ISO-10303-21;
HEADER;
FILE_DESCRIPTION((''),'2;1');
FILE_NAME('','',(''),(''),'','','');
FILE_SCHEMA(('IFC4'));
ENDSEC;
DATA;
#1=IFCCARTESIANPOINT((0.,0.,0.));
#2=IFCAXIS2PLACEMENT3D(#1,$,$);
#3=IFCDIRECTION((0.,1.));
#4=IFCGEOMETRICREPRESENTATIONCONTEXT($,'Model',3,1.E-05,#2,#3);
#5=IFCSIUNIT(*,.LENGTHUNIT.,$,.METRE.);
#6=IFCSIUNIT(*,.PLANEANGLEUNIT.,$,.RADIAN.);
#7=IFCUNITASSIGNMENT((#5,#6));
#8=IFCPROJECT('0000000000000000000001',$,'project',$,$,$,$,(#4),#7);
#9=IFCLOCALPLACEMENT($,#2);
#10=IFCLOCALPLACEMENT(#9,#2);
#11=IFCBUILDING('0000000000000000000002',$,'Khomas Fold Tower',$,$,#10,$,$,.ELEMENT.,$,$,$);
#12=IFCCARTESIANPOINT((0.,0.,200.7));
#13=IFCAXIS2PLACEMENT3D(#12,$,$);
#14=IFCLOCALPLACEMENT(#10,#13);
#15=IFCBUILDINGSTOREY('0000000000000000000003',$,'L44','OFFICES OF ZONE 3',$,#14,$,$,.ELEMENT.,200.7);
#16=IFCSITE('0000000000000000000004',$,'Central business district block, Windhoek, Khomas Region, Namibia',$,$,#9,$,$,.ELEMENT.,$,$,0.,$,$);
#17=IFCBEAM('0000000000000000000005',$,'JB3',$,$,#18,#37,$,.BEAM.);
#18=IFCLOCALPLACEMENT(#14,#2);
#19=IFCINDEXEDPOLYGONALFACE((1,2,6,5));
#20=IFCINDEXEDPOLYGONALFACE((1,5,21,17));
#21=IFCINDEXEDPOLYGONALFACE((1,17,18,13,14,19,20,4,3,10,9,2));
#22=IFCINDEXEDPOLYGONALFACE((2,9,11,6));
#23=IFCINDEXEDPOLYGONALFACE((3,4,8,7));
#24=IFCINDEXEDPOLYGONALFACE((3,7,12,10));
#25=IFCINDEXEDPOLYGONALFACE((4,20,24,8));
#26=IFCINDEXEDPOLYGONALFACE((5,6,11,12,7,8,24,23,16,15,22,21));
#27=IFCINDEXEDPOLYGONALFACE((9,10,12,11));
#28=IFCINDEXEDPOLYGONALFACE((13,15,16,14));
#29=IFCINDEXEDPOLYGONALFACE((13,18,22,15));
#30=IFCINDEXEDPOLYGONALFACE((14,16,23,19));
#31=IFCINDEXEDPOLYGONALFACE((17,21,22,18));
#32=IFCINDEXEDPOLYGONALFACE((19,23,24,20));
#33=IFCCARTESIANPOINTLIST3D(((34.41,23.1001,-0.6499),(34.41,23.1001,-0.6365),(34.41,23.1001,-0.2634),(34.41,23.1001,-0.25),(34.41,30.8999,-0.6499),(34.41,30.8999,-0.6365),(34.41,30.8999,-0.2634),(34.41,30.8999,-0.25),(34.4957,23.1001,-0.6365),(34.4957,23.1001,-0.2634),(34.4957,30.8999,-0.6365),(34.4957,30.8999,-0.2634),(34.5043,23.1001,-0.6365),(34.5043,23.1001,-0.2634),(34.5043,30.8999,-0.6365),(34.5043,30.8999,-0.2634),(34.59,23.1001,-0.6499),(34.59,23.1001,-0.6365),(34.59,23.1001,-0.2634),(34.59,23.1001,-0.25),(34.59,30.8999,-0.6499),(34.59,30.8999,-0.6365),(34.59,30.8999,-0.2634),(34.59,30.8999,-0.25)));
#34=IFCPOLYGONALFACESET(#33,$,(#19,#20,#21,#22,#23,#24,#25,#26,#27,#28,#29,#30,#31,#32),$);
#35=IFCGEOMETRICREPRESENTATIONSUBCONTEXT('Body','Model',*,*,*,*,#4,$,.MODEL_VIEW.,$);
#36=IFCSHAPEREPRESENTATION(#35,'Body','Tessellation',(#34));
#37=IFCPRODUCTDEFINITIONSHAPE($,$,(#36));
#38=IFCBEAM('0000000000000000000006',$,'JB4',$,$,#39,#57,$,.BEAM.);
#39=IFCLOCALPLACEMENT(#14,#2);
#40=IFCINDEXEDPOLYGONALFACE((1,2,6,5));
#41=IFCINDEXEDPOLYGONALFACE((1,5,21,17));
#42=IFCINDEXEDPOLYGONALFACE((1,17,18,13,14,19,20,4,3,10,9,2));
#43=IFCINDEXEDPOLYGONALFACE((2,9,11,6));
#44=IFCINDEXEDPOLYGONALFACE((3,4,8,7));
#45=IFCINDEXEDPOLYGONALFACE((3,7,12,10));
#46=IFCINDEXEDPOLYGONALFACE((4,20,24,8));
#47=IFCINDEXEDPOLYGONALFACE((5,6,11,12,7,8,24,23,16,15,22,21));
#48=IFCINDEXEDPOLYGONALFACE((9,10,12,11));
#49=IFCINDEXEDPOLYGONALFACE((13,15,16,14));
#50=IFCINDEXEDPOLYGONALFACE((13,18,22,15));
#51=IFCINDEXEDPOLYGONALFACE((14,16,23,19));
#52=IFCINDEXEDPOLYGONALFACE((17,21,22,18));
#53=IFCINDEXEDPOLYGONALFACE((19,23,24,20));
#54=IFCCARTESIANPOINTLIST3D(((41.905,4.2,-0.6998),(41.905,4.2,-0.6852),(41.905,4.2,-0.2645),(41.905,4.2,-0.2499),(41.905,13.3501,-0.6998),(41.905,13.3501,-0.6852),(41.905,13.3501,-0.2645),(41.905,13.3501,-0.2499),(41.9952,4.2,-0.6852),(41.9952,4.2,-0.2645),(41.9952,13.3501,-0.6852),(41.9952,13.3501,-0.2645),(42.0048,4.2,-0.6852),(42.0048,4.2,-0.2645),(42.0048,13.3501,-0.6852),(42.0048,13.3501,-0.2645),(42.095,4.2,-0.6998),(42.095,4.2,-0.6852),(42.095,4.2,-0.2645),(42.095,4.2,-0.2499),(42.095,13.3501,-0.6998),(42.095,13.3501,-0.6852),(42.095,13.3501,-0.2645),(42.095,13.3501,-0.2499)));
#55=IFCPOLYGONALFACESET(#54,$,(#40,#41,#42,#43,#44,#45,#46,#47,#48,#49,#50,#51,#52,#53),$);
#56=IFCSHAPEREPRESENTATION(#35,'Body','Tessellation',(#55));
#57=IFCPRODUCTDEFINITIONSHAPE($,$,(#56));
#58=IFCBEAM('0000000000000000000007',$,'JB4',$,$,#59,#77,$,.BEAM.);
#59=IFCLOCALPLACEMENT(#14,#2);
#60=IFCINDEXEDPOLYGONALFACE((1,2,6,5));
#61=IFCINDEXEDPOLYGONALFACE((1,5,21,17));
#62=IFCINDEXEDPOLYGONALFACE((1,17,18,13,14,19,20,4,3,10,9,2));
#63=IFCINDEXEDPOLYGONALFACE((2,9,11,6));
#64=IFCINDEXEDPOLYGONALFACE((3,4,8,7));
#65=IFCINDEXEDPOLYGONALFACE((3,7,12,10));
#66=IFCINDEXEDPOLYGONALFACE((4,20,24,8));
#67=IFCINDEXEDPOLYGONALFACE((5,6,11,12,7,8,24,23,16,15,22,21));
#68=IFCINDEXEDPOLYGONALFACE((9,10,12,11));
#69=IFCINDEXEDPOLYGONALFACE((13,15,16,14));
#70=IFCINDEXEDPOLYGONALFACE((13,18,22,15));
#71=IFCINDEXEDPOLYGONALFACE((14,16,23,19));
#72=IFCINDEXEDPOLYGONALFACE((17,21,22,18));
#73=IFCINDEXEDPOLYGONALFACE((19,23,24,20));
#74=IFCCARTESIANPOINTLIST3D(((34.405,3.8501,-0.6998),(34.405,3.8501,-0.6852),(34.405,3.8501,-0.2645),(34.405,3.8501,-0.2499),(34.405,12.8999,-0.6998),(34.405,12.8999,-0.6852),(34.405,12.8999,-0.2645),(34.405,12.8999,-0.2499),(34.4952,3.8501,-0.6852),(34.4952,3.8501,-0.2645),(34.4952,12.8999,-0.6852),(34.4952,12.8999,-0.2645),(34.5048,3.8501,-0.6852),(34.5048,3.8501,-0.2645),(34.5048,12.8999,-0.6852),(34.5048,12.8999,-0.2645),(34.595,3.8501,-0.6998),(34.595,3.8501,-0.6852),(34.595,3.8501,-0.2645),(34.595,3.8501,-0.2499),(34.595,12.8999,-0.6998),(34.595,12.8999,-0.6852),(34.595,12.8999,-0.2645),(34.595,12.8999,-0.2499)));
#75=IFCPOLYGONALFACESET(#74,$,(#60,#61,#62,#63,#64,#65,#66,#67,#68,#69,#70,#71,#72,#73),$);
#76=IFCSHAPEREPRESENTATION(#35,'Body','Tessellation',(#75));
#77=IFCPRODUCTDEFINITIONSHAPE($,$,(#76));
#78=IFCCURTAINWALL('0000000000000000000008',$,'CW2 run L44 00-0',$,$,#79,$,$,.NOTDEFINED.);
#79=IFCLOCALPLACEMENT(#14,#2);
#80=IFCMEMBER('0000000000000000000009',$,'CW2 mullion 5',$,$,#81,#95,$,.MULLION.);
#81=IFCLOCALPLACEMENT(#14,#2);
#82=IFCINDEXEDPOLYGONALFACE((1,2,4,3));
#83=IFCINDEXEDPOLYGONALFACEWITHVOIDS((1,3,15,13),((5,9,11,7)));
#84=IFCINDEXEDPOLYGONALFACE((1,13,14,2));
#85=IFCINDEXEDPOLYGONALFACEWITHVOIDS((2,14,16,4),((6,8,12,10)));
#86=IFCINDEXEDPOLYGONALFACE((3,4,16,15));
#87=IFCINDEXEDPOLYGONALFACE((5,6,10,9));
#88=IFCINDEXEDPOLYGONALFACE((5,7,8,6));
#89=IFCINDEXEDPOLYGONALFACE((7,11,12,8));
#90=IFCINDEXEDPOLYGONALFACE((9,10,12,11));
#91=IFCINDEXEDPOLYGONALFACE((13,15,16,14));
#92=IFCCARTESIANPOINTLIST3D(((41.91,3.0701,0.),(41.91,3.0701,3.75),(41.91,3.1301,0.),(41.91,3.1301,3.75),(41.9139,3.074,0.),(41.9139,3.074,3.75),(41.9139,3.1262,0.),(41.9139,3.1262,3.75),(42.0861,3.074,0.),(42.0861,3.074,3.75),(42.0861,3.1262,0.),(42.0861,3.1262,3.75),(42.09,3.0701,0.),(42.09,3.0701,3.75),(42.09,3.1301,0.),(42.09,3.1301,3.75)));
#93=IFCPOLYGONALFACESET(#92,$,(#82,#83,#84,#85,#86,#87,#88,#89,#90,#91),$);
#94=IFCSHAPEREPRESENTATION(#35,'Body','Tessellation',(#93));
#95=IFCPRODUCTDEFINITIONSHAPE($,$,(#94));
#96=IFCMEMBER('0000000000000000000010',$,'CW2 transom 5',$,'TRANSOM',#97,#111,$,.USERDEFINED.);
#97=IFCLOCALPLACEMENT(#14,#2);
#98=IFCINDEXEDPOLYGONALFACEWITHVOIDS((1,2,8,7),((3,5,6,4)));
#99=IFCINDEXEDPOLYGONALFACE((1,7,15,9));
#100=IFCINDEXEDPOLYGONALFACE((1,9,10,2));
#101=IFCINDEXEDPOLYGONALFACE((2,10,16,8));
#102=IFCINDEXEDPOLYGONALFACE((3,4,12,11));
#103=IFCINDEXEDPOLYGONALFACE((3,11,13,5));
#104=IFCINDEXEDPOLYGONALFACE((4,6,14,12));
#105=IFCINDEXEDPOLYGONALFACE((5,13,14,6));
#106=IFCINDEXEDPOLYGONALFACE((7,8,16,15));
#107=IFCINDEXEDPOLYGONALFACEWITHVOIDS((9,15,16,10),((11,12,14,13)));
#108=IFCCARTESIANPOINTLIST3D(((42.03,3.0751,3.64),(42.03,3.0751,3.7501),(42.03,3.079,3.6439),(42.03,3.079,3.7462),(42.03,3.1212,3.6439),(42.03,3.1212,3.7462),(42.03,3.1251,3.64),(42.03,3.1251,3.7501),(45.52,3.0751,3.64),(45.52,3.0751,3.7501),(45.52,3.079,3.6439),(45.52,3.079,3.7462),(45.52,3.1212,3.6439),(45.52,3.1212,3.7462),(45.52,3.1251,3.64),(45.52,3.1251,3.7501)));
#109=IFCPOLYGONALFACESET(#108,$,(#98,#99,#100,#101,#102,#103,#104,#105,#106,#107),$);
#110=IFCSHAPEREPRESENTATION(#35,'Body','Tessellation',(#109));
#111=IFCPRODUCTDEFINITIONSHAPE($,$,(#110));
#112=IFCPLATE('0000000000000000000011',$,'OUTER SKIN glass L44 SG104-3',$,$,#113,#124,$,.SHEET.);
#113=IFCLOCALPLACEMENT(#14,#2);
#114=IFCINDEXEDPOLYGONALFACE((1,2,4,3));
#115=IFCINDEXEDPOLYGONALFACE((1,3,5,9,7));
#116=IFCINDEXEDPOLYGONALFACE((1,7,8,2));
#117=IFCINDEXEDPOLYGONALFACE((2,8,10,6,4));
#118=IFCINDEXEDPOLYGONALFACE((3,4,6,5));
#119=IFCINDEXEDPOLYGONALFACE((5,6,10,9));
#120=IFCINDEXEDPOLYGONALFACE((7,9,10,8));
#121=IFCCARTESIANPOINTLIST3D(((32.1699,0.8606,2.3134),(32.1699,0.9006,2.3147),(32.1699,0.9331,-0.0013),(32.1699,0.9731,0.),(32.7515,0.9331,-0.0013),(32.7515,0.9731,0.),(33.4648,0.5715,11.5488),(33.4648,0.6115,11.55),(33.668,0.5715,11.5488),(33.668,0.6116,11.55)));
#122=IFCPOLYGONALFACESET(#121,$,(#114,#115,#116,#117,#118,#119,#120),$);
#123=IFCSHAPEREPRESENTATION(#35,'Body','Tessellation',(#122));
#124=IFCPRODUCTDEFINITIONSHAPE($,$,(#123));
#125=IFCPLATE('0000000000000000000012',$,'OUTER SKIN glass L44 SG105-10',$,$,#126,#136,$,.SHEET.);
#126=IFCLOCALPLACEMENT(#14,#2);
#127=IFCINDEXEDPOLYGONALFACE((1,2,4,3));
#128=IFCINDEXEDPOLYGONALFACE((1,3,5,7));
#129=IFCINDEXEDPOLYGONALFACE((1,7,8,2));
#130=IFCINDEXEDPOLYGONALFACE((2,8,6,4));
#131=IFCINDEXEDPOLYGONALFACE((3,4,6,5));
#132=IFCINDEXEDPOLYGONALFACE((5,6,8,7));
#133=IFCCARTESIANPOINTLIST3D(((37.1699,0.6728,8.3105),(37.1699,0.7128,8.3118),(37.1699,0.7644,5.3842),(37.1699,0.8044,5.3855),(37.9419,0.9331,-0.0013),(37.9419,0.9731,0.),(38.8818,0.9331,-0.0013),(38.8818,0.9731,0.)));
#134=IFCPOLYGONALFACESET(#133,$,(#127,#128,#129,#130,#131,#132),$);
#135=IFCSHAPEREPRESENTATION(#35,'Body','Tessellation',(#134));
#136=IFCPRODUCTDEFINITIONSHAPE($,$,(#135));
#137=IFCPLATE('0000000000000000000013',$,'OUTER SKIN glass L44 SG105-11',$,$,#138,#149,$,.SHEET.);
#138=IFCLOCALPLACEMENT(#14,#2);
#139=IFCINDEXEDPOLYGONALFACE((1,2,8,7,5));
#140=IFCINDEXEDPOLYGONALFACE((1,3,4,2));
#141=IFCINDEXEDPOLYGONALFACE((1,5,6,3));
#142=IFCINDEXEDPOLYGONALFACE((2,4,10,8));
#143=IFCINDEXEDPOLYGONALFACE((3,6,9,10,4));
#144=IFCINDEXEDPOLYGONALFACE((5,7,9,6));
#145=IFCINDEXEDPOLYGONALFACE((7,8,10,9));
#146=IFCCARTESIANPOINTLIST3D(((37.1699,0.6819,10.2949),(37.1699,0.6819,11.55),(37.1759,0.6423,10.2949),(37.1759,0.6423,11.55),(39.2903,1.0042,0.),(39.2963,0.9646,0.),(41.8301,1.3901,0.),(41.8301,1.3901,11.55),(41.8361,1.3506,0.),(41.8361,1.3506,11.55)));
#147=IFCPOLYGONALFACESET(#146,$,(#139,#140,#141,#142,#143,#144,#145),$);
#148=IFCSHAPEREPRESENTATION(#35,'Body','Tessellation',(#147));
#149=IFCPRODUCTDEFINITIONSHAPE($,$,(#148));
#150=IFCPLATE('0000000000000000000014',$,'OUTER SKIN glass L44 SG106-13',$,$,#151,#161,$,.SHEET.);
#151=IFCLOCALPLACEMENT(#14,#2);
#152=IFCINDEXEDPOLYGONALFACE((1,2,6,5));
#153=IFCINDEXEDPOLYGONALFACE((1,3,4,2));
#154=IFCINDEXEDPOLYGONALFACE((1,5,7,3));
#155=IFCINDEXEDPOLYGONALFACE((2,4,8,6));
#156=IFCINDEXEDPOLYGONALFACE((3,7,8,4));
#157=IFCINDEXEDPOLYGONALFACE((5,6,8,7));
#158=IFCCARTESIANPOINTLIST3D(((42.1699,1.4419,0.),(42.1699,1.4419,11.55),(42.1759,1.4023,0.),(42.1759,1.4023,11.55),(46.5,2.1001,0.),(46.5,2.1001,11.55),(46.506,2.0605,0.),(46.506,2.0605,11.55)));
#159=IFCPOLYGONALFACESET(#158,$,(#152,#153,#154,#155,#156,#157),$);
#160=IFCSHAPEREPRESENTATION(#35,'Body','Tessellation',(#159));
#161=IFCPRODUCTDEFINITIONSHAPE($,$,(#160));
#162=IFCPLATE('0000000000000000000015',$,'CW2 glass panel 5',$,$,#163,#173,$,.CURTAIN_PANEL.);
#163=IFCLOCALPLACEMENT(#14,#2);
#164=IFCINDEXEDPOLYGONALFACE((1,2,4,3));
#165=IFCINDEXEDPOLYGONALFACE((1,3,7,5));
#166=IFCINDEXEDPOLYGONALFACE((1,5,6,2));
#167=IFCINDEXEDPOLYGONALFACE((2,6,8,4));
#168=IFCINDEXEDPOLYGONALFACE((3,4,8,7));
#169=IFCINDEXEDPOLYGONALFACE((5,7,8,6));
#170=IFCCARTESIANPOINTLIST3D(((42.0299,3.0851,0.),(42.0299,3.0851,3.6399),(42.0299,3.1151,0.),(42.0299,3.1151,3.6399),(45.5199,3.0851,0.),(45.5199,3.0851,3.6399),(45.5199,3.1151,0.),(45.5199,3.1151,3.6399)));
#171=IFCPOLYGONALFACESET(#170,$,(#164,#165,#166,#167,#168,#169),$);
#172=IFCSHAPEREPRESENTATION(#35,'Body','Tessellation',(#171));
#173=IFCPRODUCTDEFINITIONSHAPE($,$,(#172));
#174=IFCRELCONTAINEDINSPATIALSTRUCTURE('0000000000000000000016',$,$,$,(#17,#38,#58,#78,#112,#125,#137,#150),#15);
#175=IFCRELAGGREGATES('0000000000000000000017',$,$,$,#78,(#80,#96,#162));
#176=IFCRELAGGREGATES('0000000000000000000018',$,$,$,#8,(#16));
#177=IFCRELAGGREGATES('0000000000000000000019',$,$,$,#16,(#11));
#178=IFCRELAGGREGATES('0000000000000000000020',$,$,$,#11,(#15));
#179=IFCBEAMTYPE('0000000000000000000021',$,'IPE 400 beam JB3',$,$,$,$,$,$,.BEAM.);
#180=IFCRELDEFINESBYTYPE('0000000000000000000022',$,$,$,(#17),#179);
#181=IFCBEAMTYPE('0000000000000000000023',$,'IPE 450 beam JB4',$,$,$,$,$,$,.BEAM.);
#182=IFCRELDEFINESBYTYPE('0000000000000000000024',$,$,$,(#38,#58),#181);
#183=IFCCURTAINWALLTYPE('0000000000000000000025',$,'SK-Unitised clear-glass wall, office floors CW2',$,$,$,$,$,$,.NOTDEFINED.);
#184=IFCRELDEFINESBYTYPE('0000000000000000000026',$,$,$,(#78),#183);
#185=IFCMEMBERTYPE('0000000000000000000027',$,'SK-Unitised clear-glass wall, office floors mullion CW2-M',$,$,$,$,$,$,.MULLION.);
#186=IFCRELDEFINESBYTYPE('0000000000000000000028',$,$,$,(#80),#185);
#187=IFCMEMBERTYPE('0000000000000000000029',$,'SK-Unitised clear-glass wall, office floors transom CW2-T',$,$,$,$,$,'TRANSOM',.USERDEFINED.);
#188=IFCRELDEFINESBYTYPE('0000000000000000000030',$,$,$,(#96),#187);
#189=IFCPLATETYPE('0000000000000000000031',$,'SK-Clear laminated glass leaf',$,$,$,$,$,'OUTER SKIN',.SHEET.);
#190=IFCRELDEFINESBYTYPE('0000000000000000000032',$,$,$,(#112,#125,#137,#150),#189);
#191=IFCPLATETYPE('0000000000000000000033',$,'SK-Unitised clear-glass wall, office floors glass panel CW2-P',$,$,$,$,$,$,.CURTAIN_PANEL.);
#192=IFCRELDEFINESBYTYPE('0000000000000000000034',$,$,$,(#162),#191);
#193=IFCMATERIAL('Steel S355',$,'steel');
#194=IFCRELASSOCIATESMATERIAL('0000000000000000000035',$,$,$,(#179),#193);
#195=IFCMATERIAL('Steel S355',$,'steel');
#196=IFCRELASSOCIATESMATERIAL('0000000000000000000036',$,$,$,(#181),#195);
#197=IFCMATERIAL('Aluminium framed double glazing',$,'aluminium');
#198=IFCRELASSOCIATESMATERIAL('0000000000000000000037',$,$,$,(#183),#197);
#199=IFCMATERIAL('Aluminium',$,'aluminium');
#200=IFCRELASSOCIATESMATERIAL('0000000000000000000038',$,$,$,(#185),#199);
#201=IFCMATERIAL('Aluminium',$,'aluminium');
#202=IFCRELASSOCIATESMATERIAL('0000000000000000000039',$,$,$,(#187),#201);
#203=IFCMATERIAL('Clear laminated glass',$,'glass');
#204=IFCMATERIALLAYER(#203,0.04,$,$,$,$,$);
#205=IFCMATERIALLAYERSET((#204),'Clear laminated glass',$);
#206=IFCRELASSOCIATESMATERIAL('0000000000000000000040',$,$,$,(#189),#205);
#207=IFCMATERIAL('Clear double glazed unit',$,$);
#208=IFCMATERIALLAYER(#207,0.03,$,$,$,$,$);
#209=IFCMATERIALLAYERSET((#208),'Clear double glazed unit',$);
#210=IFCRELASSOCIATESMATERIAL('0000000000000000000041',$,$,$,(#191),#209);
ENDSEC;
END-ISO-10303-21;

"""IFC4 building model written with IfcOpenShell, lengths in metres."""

from ifc_helpers import new_model, si_unit, direction, frame, origin, origin_2d, place, context, subcontext, project, spatial, polyline, rectangle, hollow_rectangle, i_section, outline, extrude, source, transform, mapped, material, layer, layer_set, material_profile, profile_set, type_object, element, aggregate, save


model = new_model("IFC4")

# Units and contexts
model_context = context("Model", 3, precision=1e-05, world=origin(), true_north=direction((0.0, 1.0)))
body_context = subcontext(model_context, "Body", "Model", "MODEL_VIEW")
ifc_project = project(units=[si_unit("LENGTHUNIT", "METRE"), si_unit("PLANEANGLEUNIT", "RADIAN")], contexts=[model_context])

# Site, building, storey
site_placement = place(None, origin())
site = spatial("IfcSite", under=ifc_project, at=site_placement, Name="Central business district block, Windhoek, Khomas Region, Namibia", CompositionType="ELEMENT", RefElevation=0.0)
building_placement = place(site_placement, origin())
building = spatial("IfcBuilding", under=site, at=building_placement, Name="Khomas Fold Tower", CompositionType="ELEMENT")
storey_placement = place(building_placement, frame((0.0, 0.0, 200.7)))
storey = spatial("IfcBuildingStorey", under=building, at=storey_placement, Name="L44", Description="OFFICES OF ZONE 3", CompositionType="ELEMENT", Elevation=200.7)

# Beams
ifc_material_1 = material(Name="Steel S355", Category="steel")
ifc_material_profile_1 = material_profile(ifc_material_1, i_section(OverallWidth=0.1799, OverallDepth=0.3999, WebThickness=0.0085, FlangeThickness=0.0134, at=origin_2d()), Name="IPE 400")
ifc_profile_set_1 = profile_set([ifc_material_profile_1], Name="Steel S355")
beam_type_1 = type_object("IfcBeamType", Name="IPE 400 beam JB3", PredefinedType="BEAM", material=ifc_profile_set_1)
shared_shape_1 = source(origin(), body_context, "Body", "SweptSolid", [
    extrude(i_section(OverallWidth=0.1799, OverallDepth=0.3999, WebThickness=0.0085, FlangeThickness=0.0134, at=origin_2d()), origin(), (0.0, 0.0, 1.0), 7.7998),
])
for number, where, z_axis, x_axis, name in (
    (1, (34.5, 23.1001, -0.45), (0.0, 1.0, 0.0), (-1.0, 0.0, 0.0), "JB3"),
):
    element("IfcBeam", number, at=place(storey_placement, frame(where, z_axis=z_axis, x_axis=x_axis)), inside=storey, type_object=beam_type_1, Name=name, PredefinedType="BEAM", context=body_context, shape_type="MappedRepresentation", body=[
        mapped(shared_shape_1, transform((0.0, 0.0, 0.0))),
    ])
ifc_material_2 = material(Name="Steel S355", Category="steel")
ifc_material_profile_2 = material_profile(ifc_material_2, i_section(OverallWidth=0.1899, OverallDepth=0.45, WebThickness=0.0095, FlangeThickness=0.0146, at=origin_2d()), Name="IPE 450")
ifc_profile_set_2 = profile_set([ifc_material_profile_2], Name="Steel S355")
beam_type_2 = type_object("IfcBeamType", Name="IPE 450 beam JB4", PredefinedType="BEAM", material=ifc_profile_set_2)
shared_shape_2 = source(origin(), body_context, "Body", "SweptSolid", [
    extrude(i_section(OverallWidth=0.1899, OverallDepth=0.45, WebThickness=0.0095, FlangeThickness=0.0146, at=origin_2d()), origin(), (0.0, 0.0, 1.0), 9.1501),
])
beam_1_placement = place(storey_placement, frame((42.0, 4.2, -0.4749), z_axis=(0.0, 1.0, 0.0), x_axis=(-1.0, 0.0, 0.0)))
element("IfcBeam", 2, at=beam_1_placement, inside=storey, type_object=beam_type_2, Name="JB4", PredefinedType="BEAM", context=body_context, shape_type="MappedRepresentation", body=[
    mapped(shared_shape_2, transform((0.0, 0.0, 0.0))),
])
shared_shape_3 = source(origin(), body_context, "Body", "SweptSolid", [
    extrude(i_section(OverallWidth=0.1899, OverallDepth=0.45, WebThickness=0.0095, FlangeThickness=0.0146, at=origin_2d()), origin(), (0.0, 0.0, 1.0), 9.0498),
])
beam_2_placement = place(storey_placement, frame((34.5, 3.8501, -0.4749), z_axis=(0.0, 1.0, 0.0), x_axis=(-1.0, 0.0, 0.0)))
element("IfcBeam", 3, at=beam_2_placement, inside=storey, type_object=beam_type_2, Name="JB4", PredefinedType="BEAM", context=body_context, shape_type="MappedRepresentation", body=[
    mapped(shared_shape_3, transform((0.0, 0.0, 0.0))),
])

# Curtain wall, members
ifc_material_3 = material(Name="Aluminium framed double glazing", Category="aluminium")
curtain_wall_type = type_object("IfcCurtainWallType", Name="SK-Unitised clear-glass wall, office floors CW2", PredefinedType="NOTDEFINED", material=ifc_material_3)
curtain_wall_placement = place(storey_placement, origin())
curtain_wall = element("IfcCurtainWall", 4, at=curtain_wall_placement, inside=storey, type_object=curtain_wall_type, Name="CW2 run L44 00-0", PredefinedType="NOTDEFINED")
ifc_material_4 = material(Name="Aluminium", Category="aluminium")
ifc_material_profile_3 = material_profile(ifc_material_4, hollow_rectangle(XDim=0.0601, YDim=0.1799, WallThickness=0.0039, at=origin_2d()), Name="SK-Unitised clear-glass wall, office floors mullion CW2-M")
ifc_profile_set_3 = profile_set([ifc_material_profile_3], Name="Aluminium")
member_type_1 = type_object("IfcMemberType", Name="SK-Unitised clear-glass wall, office floors mullion CW2-M", PredefinedType="MULLION", material=ifc_profile_set_3)
shared_shape_4 = source(origin(), body_context, "Body", "SweptSolid", [
    extrude(hollow_rectangle(XDim=0.0601, YDim=0.1799, WallThickness=0.0039, at=origin_2d()), origin(), (0.0, 0.0, 1.0), 3.75),
])
member_1_placement = place(storey_placement, frame((42.0, 3.1001, 0.0), z_axis=(0.0, 0.0, 1.0), x_axis=(0.0, 1.0, 0.0)))
member_1 = element("IfcMember", 5, at=member_1_placement, type_object=member_type_1, Name="CW2 mullion 5", PredefinedType="MULLION", context=body_context, shape_type="MappedRepresentation", body=[
    mapped(shared_shape_4, transform((0.0, 0.0, 0.0))),
])
ifc_material_5 = material(Name="Aluminium", Category="aluminium")
ifc_material_profile_4 = material_profile(ifc_material_5, hollow_rectangle(XDim=0.05, YDim=0.1101, WallThickness=0.0039, at=origin_2d()), Name="SK-Unitised clear-glass wall, office floors transom CW2-T")
ifc_profile_set_4 = profile_set([ifc_material_profile_4], Name="Aluminium")
member_type_2 = type_object("IfcMemberType", Name="SK-Unitised clear-glass wall, office floors transom CW2-T", ElementType="TRANSOM", PredefinedType="USERDEFINED", material=ifc_profile_set_4)
shared_shape_5 = source(origin(), body_context, "Body", "SweptSolid", [
    extrude(hollow_rectangle(XDim=0.05, YDim=0.1101, WallThickness=0.0039, at=origin_2d()), origin(), (0.0, 0.0, 1.0), 3.49),
])
member_2_placement = place(storey_placement, frame((42.03, 3.1001, 3.6951), z_axis=(1.0, 0.0, 0.0), x_axis=(0.0, 1.0, 0.0)))
member_2 = element("IfcMember", 6, at=member_2_placement, type_object=member_type_2, Name="CW2 transom 5", ObjectType="TRANSOM", PredefinedType="USERDEFINED", context=body_context, shape_type="MappedRepresentation", body=[
    mapped(shared_shape_5, transform((0.0, 0.0, 0.0))),
])

# Plates
ifc_material_6 = material(Name="Clear laminated glass", Category="glass")
ifc_layer_1 = layer(ifc_material_6, 0.04)
ifc_layer_set_1 = layer_set([ifc_layer_1], Name="Clear laminated glass")
plate_type_1 = type_object("IfcPlateType", Name="SK-Clear laminated glass leaf", ElementType="OUTER SKIN", PredefinedType="SHEET", material=ifc_layer_set_1)
plate_1_placement = place(storey_placement, frame((32.7515, 0.9731, 0.0), z_axis=(-0.000046, 0.99951, 0.031295), x_axis=(-1.0, -0.000046, -0.000001)))
element("IfcPlate", 7, at=plate_1_placement, inside=storey, type_object=plate_type_1, Name="OUTER SKIN glass L44 SG104-3", PredefinedType="SHEET", context=body_context, shape_type="SweptSolid", body=[
    extrude(outline(polyline([(0.0, 0.0), (0.5815, 0.0), (0.5815, 2.3158), (-0.7134, 11.5557), (-0.9165, 11.5557), (0.0, 0.0)])), origin(), (0.0, 0.0, -1.0), 0.04),
])
plate_2_placement = place(storey_placement, frame((38.8818, 0.9731, 0.0), z_axis=(-0.00006, 0.99951, 0.031291), x_axis=(-1.0, -0.00006, -0.000002)))
element("IfcPlate", 8, at=plate_2_placement, inside=storey, type_object=plate_type_1, Name="OUTER SKIN glass L44 SG105-10", PredefinedType="SHEET", context=body_context, shape_type="SweptSolid", body=[
    extrude(outline(polyline([(0.0, 0.0), (0.9399, 0.0), (1.7119, 5.3881), (1.7119, 8.3158), (0.0, 0.0)])), origin(), (0.0, 0.0, -1.0), 0.04),
])
plate_3_placement = place(storey_placement, frame((39.2903, 1.0042, 0.0), z_axis=(-0.150253, 0.988648, 0.000001), x_axis=(-0.201633, -0.030645, 0.978982)))
element("IfcPlate", 9, at=plate_3_placement, inside=storey, type_object=plate_type_1, Name="OUTER SKIN glass L44 SG105-11", PredefinedType="SHEET", context=body_context, shape_type="SweptSolid", body=[
    extrude(outline(polyline([(0.0, 0.0), (10.5159, 0.0), (11.7447, 0.256), (10.7834, 4.8706), (-0.5239, 2.515), (0.0, 0.0)])), origin(), (0.0, 0.0, -1.0), 0.04),
])
plate_4_placement = place(storey_placement, frame((42.1699, 1.4419, 0.0), z_axis=(-0.150281, 0.988643, 0.0), x_axis=(0.0, 0.0, 1.0)))
element("IfcPlate", 10, at=plate_4_placement, inside=storey, type_object=plate_type_1, Name="OUTER SKIN glass L44 SG106-13", PredefinedType="SHEET", context=body_context, shape_type="SweptSolid", body=[
    extrude(outline(polyline([(0.0, 0.0), (11.55, 0.0), (11.55, 4.3798), (0.0, 4.3798), (0.0, 0.0)])), origin(), (0.0, 0.0, -1.0), 0.04),
])

# Plate
ifc_material_7 = material(Name="Clear double glazed unit")
ifc_layer_2 = layer(ifc_material_7, 0.03)
ifc_layer_set_2 = layer_set([ifc_layer_2], Name="Clear double glazed unit")
plate_type_2 = type_object("IfcPlateType", Name="SK-Unitised clear-glass wall, office floors glass panel CW2-P", PredefinedType="CURTAIN_PANEL", material=ifc_layer_set_2)
shared_shape_6 = source(origin(), body_context, "Body", "SweptSolid", [
    extrude(rectangle(XDim=3.49, YDim=0.03, at=origin_2d()), origin(), (0.0, 0.0, 1.0), 3.6399),
])
plate_5_placement = place(storey_placement, frame((43.7749, 3.1001, 0.0), z_axis=(0.0, 0.0, 1.0), x_axis=(1.0, 0.0, 0.0)))
plate_5 = element("IfcPlate", 11, at=plate_5_placement, type_object=plate_type_2, Name="CW2 glass panel 5", PredefinedType="CURTAIN_PANEL", context=body_context, shape_type="MappedRepresentation", body=[
    mapped(shared_shape_6, transform((0.0, 0.0, 0.0))),
])
aggregate(curtain_wall, [member_1, member_2, plate_5])

save(model, "model.ifc")
